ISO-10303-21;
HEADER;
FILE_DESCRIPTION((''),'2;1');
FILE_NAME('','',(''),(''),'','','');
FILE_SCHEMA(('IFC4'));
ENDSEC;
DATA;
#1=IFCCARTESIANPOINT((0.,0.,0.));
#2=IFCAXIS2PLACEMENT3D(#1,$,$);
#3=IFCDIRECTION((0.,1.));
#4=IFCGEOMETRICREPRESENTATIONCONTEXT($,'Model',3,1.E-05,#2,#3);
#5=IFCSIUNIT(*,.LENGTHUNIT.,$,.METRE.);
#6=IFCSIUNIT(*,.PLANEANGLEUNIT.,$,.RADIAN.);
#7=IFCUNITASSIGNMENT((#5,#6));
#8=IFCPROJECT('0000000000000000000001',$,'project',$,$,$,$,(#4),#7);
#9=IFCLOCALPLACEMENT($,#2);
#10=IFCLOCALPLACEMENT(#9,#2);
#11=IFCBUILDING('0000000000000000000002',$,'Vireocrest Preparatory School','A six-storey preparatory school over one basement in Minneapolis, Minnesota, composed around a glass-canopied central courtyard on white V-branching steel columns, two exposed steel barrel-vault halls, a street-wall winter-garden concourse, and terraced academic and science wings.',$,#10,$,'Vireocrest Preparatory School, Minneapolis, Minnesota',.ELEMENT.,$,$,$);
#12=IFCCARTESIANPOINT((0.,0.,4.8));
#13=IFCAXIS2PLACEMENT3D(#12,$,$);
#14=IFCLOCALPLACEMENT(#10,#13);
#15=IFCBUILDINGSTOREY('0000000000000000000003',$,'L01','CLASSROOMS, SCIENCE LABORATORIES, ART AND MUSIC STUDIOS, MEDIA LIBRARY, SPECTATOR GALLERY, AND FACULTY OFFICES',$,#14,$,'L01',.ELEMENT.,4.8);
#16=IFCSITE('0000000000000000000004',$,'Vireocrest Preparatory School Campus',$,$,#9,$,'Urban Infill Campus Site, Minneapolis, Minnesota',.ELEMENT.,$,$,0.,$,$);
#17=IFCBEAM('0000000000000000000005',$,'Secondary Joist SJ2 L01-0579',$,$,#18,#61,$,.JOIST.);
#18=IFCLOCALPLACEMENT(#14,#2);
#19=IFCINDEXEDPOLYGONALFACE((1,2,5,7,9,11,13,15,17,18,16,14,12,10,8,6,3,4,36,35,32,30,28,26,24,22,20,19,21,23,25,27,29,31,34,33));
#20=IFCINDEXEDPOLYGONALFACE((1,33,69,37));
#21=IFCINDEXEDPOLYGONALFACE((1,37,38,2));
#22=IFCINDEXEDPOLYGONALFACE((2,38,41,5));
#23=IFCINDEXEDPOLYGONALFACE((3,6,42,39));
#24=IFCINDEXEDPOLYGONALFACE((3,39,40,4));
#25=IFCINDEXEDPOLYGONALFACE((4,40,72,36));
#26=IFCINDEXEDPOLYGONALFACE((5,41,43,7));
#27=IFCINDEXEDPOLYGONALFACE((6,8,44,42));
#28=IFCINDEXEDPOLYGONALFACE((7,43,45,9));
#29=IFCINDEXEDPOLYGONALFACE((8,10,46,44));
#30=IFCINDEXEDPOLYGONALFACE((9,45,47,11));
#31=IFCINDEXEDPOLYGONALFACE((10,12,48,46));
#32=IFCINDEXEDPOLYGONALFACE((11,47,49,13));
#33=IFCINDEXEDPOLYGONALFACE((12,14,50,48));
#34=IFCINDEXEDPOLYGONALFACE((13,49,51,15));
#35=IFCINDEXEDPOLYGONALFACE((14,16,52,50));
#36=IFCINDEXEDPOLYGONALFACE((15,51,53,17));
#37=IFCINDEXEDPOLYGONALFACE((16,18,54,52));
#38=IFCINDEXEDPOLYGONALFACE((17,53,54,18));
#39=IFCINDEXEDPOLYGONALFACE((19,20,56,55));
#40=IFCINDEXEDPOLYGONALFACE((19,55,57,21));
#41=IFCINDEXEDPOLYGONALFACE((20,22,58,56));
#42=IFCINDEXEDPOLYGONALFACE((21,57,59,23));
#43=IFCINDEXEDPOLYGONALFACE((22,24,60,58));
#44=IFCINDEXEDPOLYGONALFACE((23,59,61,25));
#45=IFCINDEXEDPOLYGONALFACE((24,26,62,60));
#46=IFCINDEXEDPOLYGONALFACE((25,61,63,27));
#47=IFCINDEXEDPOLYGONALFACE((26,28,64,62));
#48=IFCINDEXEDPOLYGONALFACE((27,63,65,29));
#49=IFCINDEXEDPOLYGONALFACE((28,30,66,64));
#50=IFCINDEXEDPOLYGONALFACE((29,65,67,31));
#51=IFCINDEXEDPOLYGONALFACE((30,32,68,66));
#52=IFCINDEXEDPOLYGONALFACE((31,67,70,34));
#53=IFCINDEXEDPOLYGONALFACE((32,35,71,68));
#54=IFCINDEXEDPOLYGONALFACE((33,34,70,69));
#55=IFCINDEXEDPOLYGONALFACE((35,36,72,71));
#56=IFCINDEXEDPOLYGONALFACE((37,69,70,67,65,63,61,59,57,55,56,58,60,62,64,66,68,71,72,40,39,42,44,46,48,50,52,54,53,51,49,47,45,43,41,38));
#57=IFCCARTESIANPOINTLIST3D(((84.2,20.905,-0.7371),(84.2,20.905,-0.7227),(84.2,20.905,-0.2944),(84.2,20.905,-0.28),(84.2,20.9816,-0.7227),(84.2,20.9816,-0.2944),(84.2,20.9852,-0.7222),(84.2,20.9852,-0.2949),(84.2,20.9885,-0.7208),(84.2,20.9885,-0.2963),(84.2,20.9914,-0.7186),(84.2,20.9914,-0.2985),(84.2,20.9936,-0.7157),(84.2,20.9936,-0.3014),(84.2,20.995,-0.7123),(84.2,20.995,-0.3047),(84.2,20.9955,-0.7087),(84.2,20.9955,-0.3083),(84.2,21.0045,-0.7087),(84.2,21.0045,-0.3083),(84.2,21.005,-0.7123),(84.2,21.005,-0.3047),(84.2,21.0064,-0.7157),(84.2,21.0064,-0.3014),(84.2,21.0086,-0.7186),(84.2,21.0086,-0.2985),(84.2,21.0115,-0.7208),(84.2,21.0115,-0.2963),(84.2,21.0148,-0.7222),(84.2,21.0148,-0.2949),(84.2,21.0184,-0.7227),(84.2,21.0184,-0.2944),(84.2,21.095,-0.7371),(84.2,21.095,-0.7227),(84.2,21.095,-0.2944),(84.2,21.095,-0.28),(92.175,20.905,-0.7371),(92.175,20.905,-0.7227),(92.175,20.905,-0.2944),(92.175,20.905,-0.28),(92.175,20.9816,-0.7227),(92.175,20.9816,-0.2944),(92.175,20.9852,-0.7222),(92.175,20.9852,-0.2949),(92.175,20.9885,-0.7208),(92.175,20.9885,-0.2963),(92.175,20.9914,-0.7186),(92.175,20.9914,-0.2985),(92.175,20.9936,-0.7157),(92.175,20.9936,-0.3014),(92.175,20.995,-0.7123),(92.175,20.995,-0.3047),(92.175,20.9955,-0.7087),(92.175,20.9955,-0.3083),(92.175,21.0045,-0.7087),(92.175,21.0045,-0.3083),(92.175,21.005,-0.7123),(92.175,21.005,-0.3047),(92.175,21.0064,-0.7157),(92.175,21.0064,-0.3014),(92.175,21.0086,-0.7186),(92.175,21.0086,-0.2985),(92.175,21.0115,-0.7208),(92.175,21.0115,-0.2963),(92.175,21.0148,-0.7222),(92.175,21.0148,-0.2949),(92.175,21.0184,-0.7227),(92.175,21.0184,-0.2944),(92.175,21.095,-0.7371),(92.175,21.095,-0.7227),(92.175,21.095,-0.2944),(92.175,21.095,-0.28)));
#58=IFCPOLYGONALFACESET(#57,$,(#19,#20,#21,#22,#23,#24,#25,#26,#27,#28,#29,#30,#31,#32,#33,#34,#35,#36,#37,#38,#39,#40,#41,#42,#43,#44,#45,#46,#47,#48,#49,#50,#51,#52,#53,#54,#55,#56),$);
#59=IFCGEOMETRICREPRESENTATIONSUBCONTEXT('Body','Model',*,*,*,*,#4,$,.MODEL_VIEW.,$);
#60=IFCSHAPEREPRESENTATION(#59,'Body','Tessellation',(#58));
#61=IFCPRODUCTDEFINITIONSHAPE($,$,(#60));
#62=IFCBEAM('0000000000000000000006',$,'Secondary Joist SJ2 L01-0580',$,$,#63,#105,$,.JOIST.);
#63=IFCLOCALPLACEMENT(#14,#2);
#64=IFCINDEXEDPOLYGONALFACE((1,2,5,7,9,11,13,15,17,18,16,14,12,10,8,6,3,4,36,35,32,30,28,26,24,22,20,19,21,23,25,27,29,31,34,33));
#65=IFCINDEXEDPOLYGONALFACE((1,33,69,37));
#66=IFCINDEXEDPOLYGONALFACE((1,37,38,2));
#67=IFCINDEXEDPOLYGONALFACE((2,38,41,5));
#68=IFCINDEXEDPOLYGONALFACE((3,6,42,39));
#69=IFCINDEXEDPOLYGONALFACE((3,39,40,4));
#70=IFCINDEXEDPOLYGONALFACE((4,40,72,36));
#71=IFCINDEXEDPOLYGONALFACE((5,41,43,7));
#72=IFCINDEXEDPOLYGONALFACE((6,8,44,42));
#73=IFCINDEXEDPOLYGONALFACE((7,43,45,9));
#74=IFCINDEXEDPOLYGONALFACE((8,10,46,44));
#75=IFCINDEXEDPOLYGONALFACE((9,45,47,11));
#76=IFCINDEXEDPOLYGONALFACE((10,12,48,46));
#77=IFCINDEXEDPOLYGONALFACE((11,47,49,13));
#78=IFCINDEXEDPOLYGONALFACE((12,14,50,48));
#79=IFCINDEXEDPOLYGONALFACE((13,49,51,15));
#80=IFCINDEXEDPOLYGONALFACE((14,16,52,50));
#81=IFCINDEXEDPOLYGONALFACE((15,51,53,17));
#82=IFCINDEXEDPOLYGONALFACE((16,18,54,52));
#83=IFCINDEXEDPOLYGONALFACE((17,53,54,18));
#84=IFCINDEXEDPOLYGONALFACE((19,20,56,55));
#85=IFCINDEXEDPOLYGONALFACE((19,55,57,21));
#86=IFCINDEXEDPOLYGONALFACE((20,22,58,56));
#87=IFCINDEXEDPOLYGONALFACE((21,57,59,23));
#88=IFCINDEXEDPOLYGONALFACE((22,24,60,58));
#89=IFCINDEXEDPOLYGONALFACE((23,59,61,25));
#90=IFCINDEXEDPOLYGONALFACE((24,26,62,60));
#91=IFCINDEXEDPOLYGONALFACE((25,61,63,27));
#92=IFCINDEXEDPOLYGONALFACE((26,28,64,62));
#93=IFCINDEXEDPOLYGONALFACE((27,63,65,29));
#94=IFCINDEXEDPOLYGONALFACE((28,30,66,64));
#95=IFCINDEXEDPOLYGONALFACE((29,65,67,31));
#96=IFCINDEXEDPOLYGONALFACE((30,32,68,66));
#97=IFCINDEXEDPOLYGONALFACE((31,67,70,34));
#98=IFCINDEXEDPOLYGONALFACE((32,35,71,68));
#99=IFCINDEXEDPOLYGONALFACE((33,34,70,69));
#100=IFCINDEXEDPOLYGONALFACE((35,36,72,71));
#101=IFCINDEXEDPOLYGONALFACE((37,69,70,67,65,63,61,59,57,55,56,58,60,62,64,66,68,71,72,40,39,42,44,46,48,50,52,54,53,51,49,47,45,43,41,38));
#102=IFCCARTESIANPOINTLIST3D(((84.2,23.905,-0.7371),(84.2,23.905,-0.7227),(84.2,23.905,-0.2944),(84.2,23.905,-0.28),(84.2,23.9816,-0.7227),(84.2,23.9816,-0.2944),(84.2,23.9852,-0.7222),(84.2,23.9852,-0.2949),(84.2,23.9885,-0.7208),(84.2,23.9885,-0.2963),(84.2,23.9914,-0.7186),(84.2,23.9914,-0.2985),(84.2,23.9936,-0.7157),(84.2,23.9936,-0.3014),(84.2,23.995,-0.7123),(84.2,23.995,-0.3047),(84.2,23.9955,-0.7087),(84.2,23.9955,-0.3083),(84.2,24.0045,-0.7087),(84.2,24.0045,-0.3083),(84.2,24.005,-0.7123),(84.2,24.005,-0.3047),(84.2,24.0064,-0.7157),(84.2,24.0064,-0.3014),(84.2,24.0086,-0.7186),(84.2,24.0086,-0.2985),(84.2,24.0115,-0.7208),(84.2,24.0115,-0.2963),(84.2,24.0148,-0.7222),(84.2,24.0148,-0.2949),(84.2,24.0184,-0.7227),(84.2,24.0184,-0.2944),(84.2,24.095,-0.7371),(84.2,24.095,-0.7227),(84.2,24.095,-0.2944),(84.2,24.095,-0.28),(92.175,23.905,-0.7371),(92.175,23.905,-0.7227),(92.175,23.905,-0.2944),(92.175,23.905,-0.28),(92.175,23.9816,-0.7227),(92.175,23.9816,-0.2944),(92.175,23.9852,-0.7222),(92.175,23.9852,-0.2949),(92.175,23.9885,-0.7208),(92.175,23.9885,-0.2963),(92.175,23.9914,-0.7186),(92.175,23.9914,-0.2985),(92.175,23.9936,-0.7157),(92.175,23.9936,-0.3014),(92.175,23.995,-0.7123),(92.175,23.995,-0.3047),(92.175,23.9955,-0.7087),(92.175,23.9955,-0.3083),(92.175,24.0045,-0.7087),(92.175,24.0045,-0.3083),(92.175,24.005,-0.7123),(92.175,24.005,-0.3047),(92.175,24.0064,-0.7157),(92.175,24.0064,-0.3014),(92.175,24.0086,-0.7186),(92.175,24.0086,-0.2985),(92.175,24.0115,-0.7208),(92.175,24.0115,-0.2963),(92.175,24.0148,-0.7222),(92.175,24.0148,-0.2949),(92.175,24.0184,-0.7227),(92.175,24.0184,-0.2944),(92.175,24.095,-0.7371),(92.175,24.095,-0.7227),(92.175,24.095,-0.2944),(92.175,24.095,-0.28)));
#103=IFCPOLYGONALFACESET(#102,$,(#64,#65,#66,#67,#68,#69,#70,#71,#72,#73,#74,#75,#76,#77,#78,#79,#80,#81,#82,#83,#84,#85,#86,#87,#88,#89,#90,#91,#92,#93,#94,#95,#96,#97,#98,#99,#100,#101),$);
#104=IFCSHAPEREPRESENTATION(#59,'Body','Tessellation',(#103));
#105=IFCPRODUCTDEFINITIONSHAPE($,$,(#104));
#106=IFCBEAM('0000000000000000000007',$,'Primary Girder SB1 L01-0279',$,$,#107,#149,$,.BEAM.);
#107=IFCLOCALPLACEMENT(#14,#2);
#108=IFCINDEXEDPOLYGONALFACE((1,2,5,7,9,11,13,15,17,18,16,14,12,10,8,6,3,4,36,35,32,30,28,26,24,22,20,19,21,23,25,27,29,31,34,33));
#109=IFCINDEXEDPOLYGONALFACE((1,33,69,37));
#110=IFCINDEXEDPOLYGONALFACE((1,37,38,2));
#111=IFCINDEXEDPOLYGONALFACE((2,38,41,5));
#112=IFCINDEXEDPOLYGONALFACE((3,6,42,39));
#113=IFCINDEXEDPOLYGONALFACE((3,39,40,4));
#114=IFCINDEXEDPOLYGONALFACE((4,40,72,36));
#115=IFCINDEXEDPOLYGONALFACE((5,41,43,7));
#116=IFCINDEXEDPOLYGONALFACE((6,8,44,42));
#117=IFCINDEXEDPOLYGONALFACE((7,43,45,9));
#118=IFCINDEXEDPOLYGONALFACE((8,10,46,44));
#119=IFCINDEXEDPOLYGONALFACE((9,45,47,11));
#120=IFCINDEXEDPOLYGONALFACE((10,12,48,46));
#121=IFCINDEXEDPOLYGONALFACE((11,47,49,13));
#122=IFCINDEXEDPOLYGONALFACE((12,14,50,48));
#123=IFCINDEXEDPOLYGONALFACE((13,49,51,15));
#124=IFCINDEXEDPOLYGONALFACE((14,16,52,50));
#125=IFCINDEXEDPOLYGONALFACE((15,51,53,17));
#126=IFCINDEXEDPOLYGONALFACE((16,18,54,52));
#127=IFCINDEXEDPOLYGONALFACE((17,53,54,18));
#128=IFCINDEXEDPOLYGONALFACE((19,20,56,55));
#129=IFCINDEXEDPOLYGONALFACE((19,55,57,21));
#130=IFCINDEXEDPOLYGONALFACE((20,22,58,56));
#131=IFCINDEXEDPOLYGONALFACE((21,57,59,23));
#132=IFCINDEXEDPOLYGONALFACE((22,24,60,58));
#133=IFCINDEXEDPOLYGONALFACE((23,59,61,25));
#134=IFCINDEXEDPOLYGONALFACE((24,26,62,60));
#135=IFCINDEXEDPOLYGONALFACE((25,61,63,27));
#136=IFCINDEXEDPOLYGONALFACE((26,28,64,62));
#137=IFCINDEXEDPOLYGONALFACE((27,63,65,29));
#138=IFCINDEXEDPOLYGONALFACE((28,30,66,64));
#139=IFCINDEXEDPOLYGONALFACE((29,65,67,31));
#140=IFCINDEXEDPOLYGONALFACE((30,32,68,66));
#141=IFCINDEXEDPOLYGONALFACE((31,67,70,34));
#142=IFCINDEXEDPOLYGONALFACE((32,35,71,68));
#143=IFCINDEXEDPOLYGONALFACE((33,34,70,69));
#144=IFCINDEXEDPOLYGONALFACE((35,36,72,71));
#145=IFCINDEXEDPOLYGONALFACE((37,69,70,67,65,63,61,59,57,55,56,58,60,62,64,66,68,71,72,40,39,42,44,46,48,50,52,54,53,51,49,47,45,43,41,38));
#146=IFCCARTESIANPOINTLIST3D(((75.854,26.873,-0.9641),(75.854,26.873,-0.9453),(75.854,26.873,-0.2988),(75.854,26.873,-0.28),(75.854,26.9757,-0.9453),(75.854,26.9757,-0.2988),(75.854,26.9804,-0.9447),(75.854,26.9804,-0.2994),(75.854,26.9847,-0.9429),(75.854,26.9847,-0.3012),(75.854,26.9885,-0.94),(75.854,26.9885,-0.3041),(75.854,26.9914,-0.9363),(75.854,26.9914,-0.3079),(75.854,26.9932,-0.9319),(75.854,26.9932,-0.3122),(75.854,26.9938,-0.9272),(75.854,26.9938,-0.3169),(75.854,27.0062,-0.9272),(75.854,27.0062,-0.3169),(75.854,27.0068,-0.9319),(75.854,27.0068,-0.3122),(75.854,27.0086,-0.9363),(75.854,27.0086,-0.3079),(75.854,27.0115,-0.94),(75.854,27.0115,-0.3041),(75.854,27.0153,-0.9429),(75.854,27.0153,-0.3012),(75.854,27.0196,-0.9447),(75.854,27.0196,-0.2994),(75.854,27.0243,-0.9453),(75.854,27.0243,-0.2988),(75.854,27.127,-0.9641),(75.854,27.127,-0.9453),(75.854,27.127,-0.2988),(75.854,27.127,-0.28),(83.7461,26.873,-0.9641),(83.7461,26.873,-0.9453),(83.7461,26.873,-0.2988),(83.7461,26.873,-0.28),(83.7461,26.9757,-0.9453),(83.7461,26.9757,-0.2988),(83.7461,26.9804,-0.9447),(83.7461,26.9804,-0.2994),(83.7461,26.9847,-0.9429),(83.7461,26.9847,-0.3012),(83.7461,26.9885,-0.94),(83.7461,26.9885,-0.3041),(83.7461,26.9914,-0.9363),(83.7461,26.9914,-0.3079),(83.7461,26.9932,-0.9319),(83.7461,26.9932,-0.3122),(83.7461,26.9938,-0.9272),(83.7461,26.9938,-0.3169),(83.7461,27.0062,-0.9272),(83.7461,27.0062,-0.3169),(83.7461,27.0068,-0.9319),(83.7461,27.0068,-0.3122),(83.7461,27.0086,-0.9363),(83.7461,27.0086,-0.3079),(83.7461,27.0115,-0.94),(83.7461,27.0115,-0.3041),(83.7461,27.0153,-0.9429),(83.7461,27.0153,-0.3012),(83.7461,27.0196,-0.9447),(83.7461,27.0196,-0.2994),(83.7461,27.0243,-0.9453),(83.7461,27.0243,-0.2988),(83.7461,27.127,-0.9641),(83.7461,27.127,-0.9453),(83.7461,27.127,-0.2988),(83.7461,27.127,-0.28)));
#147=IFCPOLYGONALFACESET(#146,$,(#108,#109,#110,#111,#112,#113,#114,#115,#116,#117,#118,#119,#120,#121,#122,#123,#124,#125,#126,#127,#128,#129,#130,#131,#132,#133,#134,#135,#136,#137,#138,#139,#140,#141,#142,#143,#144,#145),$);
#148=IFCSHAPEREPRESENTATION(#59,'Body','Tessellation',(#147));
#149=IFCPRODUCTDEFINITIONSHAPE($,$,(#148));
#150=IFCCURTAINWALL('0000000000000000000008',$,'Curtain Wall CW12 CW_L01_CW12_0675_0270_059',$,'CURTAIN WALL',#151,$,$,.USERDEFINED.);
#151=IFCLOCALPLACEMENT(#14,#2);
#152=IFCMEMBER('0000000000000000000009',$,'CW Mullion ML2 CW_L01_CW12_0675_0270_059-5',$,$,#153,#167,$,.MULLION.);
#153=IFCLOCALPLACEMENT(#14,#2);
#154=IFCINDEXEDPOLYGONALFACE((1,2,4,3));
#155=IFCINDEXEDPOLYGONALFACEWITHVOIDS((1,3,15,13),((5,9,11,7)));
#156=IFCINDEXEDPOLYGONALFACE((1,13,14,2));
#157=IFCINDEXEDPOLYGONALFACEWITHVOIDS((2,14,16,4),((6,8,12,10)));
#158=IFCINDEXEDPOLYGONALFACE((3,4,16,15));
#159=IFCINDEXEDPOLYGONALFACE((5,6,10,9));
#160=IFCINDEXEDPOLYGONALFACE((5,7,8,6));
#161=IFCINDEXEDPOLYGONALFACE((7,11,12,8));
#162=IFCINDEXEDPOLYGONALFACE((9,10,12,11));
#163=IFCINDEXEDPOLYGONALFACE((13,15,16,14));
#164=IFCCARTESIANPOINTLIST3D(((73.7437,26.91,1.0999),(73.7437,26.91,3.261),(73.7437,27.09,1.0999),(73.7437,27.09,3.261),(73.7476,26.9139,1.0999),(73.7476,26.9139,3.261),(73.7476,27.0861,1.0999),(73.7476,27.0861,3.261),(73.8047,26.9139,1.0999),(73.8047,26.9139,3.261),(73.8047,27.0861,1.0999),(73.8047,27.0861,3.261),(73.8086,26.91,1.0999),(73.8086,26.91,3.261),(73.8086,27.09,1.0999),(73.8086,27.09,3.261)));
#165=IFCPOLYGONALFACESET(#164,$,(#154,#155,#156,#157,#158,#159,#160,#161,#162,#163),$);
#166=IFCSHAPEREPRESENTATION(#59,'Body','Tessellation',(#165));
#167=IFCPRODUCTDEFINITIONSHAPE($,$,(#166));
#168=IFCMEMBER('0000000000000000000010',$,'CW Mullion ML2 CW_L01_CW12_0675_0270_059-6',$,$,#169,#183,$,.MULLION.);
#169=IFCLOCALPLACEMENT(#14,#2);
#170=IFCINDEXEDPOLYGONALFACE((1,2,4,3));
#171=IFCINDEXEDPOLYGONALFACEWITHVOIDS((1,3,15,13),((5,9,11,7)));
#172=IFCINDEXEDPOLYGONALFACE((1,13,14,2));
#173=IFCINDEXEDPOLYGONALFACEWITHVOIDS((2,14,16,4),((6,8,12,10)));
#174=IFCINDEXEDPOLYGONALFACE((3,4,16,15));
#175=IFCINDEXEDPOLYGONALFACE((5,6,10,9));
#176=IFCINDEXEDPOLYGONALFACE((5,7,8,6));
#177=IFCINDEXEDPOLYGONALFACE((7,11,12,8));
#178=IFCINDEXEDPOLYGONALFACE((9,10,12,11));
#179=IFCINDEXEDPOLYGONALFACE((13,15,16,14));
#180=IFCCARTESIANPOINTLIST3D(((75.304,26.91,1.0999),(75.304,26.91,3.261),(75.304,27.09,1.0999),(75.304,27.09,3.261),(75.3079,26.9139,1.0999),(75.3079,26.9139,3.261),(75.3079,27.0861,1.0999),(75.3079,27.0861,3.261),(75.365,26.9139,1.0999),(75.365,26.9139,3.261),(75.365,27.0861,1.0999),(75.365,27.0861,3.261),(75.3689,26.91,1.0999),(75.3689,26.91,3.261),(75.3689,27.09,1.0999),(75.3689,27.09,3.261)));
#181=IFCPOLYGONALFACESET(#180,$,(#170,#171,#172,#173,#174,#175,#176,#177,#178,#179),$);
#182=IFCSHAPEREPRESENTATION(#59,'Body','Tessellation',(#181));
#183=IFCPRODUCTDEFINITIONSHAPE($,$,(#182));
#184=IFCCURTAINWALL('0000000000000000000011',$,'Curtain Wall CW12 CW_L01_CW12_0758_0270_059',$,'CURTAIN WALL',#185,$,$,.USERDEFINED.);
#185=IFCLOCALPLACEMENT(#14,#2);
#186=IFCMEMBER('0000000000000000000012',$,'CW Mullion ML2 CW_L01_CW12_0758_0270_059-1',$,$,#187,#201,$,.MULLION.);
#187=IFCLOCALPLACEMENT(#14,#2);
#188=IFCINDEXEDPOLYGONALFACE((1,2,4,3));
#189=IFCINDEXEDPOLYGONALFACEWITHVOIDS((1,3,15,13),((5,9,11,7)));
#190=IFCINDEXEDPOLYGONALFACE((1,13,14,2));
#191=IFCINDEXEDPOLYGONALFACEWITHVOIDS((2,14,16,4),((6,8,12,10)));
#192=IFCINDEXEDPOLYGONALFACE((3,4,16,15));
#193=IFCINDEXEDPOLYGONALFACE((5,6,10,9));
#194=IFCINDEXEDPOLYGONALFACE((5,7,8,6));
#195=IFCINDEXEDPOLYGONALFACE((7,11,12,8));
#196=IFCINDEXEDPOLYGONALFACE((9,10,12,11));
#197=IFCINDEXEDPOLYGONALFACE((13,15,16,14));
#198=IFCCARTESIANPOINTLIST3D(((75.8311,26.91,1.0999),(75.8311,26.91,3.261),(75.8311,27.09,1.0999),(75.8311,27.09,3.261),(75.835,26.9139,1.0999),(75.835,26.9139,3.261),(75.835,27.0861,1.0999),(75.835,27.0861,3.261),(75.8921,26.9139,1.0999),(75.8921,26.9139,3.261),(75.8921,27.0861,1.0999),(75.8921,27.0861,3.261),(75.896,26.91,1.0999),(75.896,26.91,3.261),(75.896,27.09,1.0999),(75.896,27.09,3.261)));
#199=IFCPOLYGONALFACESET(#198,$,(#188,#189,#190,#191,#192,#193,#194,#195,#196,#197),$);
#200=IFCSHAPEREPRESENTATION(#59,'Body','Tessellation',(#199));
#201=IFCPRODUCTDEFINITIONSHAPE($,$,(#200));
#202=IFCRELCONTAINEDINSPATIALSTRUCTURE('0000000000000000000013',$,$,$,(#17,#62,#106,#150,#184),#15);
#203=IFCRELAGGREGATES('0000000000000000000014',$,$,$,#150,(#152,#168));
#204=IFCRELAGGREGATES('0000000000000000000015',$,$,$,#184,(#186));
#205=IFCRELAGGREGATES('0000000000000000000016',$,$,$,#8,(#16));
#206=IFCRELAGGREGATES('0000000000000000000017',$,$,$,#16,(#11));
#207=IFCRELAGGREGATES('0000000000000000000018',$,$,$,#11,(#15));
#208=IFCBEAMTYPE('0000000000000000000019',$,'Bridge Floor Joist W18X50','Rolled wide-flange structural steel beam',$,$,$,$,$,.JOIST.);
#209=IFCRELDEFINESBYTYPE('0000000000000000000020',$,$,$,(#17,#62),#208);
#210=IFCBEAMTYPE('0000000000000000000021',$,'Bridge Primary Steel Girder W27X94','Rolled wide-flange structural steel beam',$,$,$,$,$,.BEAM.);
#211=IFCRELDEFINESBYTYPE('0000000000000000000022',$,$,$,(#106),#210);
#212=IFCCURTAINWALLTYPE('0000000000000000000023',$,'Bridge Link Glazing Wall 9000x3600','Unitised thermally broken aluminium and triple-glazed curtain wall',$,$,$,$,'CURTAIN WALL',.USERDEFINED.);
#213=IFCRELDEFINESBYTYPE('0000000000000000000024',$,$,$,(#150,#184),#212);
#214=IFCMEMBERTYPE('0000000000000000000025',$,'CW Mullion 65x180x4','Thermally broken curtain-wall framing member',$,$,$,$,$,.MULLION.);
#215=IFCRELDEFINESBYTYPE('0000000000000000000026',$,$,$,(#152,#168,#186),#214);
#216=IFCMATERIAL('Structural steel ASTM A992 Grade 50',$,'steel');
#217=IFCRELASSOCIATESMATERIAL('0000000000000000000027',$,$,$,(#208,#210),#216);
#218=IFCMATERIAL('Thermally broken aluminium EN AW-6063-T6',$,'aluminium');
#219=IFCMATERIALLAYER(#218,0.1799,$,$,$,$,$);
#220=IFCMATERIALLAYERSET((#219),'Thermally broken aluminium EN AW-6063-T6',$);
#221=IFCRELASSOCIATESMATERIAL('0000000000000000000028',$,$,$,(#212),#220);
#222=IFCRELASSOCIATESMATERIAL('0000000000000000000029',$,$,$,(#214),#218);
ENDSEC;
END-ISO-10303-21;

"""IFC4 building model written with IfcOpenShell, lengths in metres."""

from ifc_helpers import new_model, si_unit, direction, frame, origin, origin_2d, place, context, subcontext, project, spatial, hollow_rectangle, i_section, extrude, material, layer, layer_set, material_profile, profile_set, type_object, element, aggregate, save


model = new_model("IFC4")

# Units and contexts
model_context = context("Model", 3, precision=1e-05, world=origin(), true_north=direction((0.0, 1.0)))
body_context = subcontext(model_context, "Body", "Model", "MODEL_VIEW")
ifc_project = project(units=[si_unit("LENGTHUNIT", "METRE"), si_unit("PLANEANGLEUNIT", "RADIAN")], contexts=[model_context])

# Site, building, storey
site_placement = place(None, origin())
site = spatial("IfcSite", under=ifc_project, at=site_placement, Name="Vireocrest Preparatory School Campus", LongName="Urban Infill Campus Site, Minneapolis, Minnesota", CompositionType="ELEMENT", RefElevation=0.0)
building_placement = place(site_placement, origin())
building = spatial("IfcBuilding", under=site, at=building_placement, Name="Vireocrest Preparatory School", Description="A six-storey preparatory school over one basement in Minneapolis, Minnesota, composed around a glass-canopied central courtyard on white V-branching steel columns, two exposed steel barrel-vault halls, a street-wall winter-garden concourse, and terraced academic and science wings.", LongName="Vireocrest Preparatory School, Minneapolis, Minnesota", CompositionType="ELEMENT")
storey_placement = place(building_placement, frame((0.0, 0.0, 4.8)))
storey = spatial("IfcBuildingStorey", under=building, at=storey_placement, Name="L01", Description="CLASSROOMS, SCIENCE LABORATORIES, ART AND MUSIC STUDIOS, MEDIA LIBRARY, SPECTATOR GALLERY, AND FACULTY OFFICES", LongName="L01", CompositionType="ELEMENT", Elevation=4.8)

# Beams
ifc_material_1 = material(Name="Structural steel ASTM A992 Grade 50", Category="steel")
ifc_material_profile_1 = material_profile(ifc_material_1, i_section(OverallWidth=0.1899, OverallDepth=0.457, WebThickness=0.009, FlangeThickness=0.0144, FilletRadius=0.0139, at=origin_2d()), Name="W18X50")
ifc_profile_set_1 = profile_set([ifc_material_profile_1], Name="Structural steel ASTM A992 Grade 50")
beam_type_1 = type_object("IfcBeamType", Name="Bridge Floor Joist W18X50", Description="Rolled wide-flange structural steel beam", PredefinedType="JOIST", material=ifc_profile_set_1)
for number, where, z_axis, x_axis, name in (
    (1, (84.2, 21.0, -0.5085), (1.0, 0.0, 0.0), (0.0, 1.0, 0.0), "Secondary Joist SJ2 L01-0579"),
    (2, (84.2, 24.0, -0.5085), (1.0, 0.0, 0.0), (0.0, 1.0, 0.0), "Secondary Joist SJ2 L01-0580"),
):
    element("IfcBeam", number, at=place(storey_placement, frame(where, z_axis=z_axis, x_axis=x_axis)), inside=storey, type_object=beam_type_1, Name=name, PredefinedType="JOIST", context=body_context, shape_type="SweptSolid", body=[
        extrude(i_section(OverallWidth=0.1899, OverallDepth=0.457, WebThickness=0.009, FlangeThickness=0.0144, FilletRadius=0.0139, at=origin_2d()), origin(), (0.0, 0.0, 1.0), 7.9751),
    ])
ifc_material_profile_2 = material_profile(ifc_material_1, i_section(OverallWidth=0.2539, OverallDepth=0.6841, WebThickness=0.0125, FlangeThickness=0.0188, FilletRadius=0.0181, at=origin_2d()), Name="W27X94")
ifc_profile_set_2 = profile_set([ifc_material_profile_2], Name="Structural steel ASTM A992 Grade 50")
beam_type_2 = type_object("IfcBeamType", Name="Bridge Primary Steel Girder W27X94", Description="Rolled wide-flange structural steel beam", PredefinedType="BEAM", material=ifc_profile_set_2)
beam_1_placement = place(storey_placement, frame((75.854, 27.0, -0.6221), z_axis=(1.0, 0.0, 0.0), x_axis=(0.0, 1.0, 0.0)))
element("IfcBeam", 3, at=beam_1_placement, inside=storey, type_object=beam_type_2, Name="Primary Girder SB1 L01-0279", PredefinedType="BEAM", context=body_context, shape_type="SweptSolid", body=[
    extrude(i_section(OverallWidth=0.2539, OverallDepth=0.6841, WebThickness=0.0125, FlangeThickness=0.0188, FilletRadius=0.0181, at=origin_2d()), origin(), (0.0, 0.0, 1.0), 7.8921),
])

# Curtain walls, members
ifc_material_2 = material(Name="Thermally broken aluminium EN AW-6063-T6", Category="aluminium")
ifc_layer_1 = layer(ifc_material_2, 0.1799)
ifc_layer_set_1 = layer_set([ifc_layer_1], Name="Thermally broken aluminium EN AW-6063-T6")
curtain_wall_type = type_object("IfcCurtainWallType", Name="Bridge Link Glazing Wall 9000x3600", Description="Unitised thermally broken aluminium and triple-glazed curtain wall", ElementType="CURTAIN WALL", PredefinedType="USERDEFINED", material=ifc_layer_set_1)
curtain_wall_1_placement = place(storey_placement, origin())
curtain_wall_1 = element("IfcCurtainWall", 4, at=curtain_wall_1_placement, inside=storey, type_object=curtain_wall_type, Name="Curtain Wall CW12 CW_L01_CW12_0675_0270_059", ObjectType="CURTAIN WALL", PredefinedType="USERDEFINED")
ifc_material_profile_3 = material_profile(ifc_material_2, hollow_rectangle(XDim=0.0649, YDim=0.1799, WallThickness=0.0039, at=origin_2d()), Name="ALU 65x180x4")
ifc_profile_set_3 = profile_set([ifc_material_profile_3], Name="Thermally broken aluminium EN AW-6063-T6")
member_type_1 = type_object("IfcMemberType", Name="CW Mullion 65x180x4", Description="Thermally broken curtain-wall framing member", PredefinedType="MULLION", material=ifc_profile_set_3)
member_1_placement = place(storey_placement, frame((73.7761, 27.0, 1.0999), z_axis=(0.0, 0.0, 1.0), x_axis=(1.0, 0.0, 0.0)))
member_1 = element("IfcMember", 5, at=member_1_placement, type_object=member_type_1, Name="CW Mullion ML2 CW_L01_CW12_0675_0270_059-5", PredefinedType="MULLION", context=body_context, shape_type="SweptSolid", body=[
    extrude(hollow_rectangle(XDim=0.0649, YDim=0.1799, WallThickness=0.0039, at=origin_2d()), origin(), (0.0, 0.0, 1.0), 2.1611),
])
member_2_placement = place(storey_placement, frame((75.3364, 27.0, 1.0999), z_axis=(0.0, 0.0, 1.0), x_axis=(1.0, 0.0, 0.0)))
member_2 = element("IfcMember", 6, at=member_2_placement, type_object=member_type_1, Name="CW Mullion ML2 CW_L01_CW12_0675_0270_059-6", PredefinedType="MULLION", context=body_context, shape_type="SweptSolid", body=[
    extrude(hollow_rectangle(XDim=0.0649, YDim=0.1799, WallThickness=0.0039, at=origin_2d()), origin(), (0.0, 0.0, 1.0), 2.1611),
])
curtain_wall_2_placement = place(storey_placement, origin())
curtain_wall_2 = element("IfcCurtainWall", 7, at=curtain_wall_2_placement, inside=storey, type_object=curtain_wall_type, Name="Curtain Wall CW12 CW_L01_CW12_0758_0270_059", ObjectType="CURTAIN WALL", PredefinedType="USERDEFINED")
member_3_placement = place(storey_placement, frame((75.8635, 27.0, 1.0999), z_axis=(0.0, 0.0, 1.0), x_axis=(1.0, 0.0, 0.0)))
member_3 = element("IfcMember", 8, at=member_3_placement, type_object=member_type_1, Name="CW Mullion ML2 CW_L01_CW12_0758_0270_059-1", PredefinedType="MULLION", context=body_context, shape_type="SweptSolid", body=[
    extrude(hollow_rectangle(XDim=0.0649, YDim=0.1799, WallThickness=0.0039, at=origin_2d()), origin(), (0.0, 0.0, 1.0), 2.1611),
])

aggregate(curtain_wall_1, [member_1, member_2])
aggregate(curtain_wall_2, [member_3])

save(model, "model.ifc")
